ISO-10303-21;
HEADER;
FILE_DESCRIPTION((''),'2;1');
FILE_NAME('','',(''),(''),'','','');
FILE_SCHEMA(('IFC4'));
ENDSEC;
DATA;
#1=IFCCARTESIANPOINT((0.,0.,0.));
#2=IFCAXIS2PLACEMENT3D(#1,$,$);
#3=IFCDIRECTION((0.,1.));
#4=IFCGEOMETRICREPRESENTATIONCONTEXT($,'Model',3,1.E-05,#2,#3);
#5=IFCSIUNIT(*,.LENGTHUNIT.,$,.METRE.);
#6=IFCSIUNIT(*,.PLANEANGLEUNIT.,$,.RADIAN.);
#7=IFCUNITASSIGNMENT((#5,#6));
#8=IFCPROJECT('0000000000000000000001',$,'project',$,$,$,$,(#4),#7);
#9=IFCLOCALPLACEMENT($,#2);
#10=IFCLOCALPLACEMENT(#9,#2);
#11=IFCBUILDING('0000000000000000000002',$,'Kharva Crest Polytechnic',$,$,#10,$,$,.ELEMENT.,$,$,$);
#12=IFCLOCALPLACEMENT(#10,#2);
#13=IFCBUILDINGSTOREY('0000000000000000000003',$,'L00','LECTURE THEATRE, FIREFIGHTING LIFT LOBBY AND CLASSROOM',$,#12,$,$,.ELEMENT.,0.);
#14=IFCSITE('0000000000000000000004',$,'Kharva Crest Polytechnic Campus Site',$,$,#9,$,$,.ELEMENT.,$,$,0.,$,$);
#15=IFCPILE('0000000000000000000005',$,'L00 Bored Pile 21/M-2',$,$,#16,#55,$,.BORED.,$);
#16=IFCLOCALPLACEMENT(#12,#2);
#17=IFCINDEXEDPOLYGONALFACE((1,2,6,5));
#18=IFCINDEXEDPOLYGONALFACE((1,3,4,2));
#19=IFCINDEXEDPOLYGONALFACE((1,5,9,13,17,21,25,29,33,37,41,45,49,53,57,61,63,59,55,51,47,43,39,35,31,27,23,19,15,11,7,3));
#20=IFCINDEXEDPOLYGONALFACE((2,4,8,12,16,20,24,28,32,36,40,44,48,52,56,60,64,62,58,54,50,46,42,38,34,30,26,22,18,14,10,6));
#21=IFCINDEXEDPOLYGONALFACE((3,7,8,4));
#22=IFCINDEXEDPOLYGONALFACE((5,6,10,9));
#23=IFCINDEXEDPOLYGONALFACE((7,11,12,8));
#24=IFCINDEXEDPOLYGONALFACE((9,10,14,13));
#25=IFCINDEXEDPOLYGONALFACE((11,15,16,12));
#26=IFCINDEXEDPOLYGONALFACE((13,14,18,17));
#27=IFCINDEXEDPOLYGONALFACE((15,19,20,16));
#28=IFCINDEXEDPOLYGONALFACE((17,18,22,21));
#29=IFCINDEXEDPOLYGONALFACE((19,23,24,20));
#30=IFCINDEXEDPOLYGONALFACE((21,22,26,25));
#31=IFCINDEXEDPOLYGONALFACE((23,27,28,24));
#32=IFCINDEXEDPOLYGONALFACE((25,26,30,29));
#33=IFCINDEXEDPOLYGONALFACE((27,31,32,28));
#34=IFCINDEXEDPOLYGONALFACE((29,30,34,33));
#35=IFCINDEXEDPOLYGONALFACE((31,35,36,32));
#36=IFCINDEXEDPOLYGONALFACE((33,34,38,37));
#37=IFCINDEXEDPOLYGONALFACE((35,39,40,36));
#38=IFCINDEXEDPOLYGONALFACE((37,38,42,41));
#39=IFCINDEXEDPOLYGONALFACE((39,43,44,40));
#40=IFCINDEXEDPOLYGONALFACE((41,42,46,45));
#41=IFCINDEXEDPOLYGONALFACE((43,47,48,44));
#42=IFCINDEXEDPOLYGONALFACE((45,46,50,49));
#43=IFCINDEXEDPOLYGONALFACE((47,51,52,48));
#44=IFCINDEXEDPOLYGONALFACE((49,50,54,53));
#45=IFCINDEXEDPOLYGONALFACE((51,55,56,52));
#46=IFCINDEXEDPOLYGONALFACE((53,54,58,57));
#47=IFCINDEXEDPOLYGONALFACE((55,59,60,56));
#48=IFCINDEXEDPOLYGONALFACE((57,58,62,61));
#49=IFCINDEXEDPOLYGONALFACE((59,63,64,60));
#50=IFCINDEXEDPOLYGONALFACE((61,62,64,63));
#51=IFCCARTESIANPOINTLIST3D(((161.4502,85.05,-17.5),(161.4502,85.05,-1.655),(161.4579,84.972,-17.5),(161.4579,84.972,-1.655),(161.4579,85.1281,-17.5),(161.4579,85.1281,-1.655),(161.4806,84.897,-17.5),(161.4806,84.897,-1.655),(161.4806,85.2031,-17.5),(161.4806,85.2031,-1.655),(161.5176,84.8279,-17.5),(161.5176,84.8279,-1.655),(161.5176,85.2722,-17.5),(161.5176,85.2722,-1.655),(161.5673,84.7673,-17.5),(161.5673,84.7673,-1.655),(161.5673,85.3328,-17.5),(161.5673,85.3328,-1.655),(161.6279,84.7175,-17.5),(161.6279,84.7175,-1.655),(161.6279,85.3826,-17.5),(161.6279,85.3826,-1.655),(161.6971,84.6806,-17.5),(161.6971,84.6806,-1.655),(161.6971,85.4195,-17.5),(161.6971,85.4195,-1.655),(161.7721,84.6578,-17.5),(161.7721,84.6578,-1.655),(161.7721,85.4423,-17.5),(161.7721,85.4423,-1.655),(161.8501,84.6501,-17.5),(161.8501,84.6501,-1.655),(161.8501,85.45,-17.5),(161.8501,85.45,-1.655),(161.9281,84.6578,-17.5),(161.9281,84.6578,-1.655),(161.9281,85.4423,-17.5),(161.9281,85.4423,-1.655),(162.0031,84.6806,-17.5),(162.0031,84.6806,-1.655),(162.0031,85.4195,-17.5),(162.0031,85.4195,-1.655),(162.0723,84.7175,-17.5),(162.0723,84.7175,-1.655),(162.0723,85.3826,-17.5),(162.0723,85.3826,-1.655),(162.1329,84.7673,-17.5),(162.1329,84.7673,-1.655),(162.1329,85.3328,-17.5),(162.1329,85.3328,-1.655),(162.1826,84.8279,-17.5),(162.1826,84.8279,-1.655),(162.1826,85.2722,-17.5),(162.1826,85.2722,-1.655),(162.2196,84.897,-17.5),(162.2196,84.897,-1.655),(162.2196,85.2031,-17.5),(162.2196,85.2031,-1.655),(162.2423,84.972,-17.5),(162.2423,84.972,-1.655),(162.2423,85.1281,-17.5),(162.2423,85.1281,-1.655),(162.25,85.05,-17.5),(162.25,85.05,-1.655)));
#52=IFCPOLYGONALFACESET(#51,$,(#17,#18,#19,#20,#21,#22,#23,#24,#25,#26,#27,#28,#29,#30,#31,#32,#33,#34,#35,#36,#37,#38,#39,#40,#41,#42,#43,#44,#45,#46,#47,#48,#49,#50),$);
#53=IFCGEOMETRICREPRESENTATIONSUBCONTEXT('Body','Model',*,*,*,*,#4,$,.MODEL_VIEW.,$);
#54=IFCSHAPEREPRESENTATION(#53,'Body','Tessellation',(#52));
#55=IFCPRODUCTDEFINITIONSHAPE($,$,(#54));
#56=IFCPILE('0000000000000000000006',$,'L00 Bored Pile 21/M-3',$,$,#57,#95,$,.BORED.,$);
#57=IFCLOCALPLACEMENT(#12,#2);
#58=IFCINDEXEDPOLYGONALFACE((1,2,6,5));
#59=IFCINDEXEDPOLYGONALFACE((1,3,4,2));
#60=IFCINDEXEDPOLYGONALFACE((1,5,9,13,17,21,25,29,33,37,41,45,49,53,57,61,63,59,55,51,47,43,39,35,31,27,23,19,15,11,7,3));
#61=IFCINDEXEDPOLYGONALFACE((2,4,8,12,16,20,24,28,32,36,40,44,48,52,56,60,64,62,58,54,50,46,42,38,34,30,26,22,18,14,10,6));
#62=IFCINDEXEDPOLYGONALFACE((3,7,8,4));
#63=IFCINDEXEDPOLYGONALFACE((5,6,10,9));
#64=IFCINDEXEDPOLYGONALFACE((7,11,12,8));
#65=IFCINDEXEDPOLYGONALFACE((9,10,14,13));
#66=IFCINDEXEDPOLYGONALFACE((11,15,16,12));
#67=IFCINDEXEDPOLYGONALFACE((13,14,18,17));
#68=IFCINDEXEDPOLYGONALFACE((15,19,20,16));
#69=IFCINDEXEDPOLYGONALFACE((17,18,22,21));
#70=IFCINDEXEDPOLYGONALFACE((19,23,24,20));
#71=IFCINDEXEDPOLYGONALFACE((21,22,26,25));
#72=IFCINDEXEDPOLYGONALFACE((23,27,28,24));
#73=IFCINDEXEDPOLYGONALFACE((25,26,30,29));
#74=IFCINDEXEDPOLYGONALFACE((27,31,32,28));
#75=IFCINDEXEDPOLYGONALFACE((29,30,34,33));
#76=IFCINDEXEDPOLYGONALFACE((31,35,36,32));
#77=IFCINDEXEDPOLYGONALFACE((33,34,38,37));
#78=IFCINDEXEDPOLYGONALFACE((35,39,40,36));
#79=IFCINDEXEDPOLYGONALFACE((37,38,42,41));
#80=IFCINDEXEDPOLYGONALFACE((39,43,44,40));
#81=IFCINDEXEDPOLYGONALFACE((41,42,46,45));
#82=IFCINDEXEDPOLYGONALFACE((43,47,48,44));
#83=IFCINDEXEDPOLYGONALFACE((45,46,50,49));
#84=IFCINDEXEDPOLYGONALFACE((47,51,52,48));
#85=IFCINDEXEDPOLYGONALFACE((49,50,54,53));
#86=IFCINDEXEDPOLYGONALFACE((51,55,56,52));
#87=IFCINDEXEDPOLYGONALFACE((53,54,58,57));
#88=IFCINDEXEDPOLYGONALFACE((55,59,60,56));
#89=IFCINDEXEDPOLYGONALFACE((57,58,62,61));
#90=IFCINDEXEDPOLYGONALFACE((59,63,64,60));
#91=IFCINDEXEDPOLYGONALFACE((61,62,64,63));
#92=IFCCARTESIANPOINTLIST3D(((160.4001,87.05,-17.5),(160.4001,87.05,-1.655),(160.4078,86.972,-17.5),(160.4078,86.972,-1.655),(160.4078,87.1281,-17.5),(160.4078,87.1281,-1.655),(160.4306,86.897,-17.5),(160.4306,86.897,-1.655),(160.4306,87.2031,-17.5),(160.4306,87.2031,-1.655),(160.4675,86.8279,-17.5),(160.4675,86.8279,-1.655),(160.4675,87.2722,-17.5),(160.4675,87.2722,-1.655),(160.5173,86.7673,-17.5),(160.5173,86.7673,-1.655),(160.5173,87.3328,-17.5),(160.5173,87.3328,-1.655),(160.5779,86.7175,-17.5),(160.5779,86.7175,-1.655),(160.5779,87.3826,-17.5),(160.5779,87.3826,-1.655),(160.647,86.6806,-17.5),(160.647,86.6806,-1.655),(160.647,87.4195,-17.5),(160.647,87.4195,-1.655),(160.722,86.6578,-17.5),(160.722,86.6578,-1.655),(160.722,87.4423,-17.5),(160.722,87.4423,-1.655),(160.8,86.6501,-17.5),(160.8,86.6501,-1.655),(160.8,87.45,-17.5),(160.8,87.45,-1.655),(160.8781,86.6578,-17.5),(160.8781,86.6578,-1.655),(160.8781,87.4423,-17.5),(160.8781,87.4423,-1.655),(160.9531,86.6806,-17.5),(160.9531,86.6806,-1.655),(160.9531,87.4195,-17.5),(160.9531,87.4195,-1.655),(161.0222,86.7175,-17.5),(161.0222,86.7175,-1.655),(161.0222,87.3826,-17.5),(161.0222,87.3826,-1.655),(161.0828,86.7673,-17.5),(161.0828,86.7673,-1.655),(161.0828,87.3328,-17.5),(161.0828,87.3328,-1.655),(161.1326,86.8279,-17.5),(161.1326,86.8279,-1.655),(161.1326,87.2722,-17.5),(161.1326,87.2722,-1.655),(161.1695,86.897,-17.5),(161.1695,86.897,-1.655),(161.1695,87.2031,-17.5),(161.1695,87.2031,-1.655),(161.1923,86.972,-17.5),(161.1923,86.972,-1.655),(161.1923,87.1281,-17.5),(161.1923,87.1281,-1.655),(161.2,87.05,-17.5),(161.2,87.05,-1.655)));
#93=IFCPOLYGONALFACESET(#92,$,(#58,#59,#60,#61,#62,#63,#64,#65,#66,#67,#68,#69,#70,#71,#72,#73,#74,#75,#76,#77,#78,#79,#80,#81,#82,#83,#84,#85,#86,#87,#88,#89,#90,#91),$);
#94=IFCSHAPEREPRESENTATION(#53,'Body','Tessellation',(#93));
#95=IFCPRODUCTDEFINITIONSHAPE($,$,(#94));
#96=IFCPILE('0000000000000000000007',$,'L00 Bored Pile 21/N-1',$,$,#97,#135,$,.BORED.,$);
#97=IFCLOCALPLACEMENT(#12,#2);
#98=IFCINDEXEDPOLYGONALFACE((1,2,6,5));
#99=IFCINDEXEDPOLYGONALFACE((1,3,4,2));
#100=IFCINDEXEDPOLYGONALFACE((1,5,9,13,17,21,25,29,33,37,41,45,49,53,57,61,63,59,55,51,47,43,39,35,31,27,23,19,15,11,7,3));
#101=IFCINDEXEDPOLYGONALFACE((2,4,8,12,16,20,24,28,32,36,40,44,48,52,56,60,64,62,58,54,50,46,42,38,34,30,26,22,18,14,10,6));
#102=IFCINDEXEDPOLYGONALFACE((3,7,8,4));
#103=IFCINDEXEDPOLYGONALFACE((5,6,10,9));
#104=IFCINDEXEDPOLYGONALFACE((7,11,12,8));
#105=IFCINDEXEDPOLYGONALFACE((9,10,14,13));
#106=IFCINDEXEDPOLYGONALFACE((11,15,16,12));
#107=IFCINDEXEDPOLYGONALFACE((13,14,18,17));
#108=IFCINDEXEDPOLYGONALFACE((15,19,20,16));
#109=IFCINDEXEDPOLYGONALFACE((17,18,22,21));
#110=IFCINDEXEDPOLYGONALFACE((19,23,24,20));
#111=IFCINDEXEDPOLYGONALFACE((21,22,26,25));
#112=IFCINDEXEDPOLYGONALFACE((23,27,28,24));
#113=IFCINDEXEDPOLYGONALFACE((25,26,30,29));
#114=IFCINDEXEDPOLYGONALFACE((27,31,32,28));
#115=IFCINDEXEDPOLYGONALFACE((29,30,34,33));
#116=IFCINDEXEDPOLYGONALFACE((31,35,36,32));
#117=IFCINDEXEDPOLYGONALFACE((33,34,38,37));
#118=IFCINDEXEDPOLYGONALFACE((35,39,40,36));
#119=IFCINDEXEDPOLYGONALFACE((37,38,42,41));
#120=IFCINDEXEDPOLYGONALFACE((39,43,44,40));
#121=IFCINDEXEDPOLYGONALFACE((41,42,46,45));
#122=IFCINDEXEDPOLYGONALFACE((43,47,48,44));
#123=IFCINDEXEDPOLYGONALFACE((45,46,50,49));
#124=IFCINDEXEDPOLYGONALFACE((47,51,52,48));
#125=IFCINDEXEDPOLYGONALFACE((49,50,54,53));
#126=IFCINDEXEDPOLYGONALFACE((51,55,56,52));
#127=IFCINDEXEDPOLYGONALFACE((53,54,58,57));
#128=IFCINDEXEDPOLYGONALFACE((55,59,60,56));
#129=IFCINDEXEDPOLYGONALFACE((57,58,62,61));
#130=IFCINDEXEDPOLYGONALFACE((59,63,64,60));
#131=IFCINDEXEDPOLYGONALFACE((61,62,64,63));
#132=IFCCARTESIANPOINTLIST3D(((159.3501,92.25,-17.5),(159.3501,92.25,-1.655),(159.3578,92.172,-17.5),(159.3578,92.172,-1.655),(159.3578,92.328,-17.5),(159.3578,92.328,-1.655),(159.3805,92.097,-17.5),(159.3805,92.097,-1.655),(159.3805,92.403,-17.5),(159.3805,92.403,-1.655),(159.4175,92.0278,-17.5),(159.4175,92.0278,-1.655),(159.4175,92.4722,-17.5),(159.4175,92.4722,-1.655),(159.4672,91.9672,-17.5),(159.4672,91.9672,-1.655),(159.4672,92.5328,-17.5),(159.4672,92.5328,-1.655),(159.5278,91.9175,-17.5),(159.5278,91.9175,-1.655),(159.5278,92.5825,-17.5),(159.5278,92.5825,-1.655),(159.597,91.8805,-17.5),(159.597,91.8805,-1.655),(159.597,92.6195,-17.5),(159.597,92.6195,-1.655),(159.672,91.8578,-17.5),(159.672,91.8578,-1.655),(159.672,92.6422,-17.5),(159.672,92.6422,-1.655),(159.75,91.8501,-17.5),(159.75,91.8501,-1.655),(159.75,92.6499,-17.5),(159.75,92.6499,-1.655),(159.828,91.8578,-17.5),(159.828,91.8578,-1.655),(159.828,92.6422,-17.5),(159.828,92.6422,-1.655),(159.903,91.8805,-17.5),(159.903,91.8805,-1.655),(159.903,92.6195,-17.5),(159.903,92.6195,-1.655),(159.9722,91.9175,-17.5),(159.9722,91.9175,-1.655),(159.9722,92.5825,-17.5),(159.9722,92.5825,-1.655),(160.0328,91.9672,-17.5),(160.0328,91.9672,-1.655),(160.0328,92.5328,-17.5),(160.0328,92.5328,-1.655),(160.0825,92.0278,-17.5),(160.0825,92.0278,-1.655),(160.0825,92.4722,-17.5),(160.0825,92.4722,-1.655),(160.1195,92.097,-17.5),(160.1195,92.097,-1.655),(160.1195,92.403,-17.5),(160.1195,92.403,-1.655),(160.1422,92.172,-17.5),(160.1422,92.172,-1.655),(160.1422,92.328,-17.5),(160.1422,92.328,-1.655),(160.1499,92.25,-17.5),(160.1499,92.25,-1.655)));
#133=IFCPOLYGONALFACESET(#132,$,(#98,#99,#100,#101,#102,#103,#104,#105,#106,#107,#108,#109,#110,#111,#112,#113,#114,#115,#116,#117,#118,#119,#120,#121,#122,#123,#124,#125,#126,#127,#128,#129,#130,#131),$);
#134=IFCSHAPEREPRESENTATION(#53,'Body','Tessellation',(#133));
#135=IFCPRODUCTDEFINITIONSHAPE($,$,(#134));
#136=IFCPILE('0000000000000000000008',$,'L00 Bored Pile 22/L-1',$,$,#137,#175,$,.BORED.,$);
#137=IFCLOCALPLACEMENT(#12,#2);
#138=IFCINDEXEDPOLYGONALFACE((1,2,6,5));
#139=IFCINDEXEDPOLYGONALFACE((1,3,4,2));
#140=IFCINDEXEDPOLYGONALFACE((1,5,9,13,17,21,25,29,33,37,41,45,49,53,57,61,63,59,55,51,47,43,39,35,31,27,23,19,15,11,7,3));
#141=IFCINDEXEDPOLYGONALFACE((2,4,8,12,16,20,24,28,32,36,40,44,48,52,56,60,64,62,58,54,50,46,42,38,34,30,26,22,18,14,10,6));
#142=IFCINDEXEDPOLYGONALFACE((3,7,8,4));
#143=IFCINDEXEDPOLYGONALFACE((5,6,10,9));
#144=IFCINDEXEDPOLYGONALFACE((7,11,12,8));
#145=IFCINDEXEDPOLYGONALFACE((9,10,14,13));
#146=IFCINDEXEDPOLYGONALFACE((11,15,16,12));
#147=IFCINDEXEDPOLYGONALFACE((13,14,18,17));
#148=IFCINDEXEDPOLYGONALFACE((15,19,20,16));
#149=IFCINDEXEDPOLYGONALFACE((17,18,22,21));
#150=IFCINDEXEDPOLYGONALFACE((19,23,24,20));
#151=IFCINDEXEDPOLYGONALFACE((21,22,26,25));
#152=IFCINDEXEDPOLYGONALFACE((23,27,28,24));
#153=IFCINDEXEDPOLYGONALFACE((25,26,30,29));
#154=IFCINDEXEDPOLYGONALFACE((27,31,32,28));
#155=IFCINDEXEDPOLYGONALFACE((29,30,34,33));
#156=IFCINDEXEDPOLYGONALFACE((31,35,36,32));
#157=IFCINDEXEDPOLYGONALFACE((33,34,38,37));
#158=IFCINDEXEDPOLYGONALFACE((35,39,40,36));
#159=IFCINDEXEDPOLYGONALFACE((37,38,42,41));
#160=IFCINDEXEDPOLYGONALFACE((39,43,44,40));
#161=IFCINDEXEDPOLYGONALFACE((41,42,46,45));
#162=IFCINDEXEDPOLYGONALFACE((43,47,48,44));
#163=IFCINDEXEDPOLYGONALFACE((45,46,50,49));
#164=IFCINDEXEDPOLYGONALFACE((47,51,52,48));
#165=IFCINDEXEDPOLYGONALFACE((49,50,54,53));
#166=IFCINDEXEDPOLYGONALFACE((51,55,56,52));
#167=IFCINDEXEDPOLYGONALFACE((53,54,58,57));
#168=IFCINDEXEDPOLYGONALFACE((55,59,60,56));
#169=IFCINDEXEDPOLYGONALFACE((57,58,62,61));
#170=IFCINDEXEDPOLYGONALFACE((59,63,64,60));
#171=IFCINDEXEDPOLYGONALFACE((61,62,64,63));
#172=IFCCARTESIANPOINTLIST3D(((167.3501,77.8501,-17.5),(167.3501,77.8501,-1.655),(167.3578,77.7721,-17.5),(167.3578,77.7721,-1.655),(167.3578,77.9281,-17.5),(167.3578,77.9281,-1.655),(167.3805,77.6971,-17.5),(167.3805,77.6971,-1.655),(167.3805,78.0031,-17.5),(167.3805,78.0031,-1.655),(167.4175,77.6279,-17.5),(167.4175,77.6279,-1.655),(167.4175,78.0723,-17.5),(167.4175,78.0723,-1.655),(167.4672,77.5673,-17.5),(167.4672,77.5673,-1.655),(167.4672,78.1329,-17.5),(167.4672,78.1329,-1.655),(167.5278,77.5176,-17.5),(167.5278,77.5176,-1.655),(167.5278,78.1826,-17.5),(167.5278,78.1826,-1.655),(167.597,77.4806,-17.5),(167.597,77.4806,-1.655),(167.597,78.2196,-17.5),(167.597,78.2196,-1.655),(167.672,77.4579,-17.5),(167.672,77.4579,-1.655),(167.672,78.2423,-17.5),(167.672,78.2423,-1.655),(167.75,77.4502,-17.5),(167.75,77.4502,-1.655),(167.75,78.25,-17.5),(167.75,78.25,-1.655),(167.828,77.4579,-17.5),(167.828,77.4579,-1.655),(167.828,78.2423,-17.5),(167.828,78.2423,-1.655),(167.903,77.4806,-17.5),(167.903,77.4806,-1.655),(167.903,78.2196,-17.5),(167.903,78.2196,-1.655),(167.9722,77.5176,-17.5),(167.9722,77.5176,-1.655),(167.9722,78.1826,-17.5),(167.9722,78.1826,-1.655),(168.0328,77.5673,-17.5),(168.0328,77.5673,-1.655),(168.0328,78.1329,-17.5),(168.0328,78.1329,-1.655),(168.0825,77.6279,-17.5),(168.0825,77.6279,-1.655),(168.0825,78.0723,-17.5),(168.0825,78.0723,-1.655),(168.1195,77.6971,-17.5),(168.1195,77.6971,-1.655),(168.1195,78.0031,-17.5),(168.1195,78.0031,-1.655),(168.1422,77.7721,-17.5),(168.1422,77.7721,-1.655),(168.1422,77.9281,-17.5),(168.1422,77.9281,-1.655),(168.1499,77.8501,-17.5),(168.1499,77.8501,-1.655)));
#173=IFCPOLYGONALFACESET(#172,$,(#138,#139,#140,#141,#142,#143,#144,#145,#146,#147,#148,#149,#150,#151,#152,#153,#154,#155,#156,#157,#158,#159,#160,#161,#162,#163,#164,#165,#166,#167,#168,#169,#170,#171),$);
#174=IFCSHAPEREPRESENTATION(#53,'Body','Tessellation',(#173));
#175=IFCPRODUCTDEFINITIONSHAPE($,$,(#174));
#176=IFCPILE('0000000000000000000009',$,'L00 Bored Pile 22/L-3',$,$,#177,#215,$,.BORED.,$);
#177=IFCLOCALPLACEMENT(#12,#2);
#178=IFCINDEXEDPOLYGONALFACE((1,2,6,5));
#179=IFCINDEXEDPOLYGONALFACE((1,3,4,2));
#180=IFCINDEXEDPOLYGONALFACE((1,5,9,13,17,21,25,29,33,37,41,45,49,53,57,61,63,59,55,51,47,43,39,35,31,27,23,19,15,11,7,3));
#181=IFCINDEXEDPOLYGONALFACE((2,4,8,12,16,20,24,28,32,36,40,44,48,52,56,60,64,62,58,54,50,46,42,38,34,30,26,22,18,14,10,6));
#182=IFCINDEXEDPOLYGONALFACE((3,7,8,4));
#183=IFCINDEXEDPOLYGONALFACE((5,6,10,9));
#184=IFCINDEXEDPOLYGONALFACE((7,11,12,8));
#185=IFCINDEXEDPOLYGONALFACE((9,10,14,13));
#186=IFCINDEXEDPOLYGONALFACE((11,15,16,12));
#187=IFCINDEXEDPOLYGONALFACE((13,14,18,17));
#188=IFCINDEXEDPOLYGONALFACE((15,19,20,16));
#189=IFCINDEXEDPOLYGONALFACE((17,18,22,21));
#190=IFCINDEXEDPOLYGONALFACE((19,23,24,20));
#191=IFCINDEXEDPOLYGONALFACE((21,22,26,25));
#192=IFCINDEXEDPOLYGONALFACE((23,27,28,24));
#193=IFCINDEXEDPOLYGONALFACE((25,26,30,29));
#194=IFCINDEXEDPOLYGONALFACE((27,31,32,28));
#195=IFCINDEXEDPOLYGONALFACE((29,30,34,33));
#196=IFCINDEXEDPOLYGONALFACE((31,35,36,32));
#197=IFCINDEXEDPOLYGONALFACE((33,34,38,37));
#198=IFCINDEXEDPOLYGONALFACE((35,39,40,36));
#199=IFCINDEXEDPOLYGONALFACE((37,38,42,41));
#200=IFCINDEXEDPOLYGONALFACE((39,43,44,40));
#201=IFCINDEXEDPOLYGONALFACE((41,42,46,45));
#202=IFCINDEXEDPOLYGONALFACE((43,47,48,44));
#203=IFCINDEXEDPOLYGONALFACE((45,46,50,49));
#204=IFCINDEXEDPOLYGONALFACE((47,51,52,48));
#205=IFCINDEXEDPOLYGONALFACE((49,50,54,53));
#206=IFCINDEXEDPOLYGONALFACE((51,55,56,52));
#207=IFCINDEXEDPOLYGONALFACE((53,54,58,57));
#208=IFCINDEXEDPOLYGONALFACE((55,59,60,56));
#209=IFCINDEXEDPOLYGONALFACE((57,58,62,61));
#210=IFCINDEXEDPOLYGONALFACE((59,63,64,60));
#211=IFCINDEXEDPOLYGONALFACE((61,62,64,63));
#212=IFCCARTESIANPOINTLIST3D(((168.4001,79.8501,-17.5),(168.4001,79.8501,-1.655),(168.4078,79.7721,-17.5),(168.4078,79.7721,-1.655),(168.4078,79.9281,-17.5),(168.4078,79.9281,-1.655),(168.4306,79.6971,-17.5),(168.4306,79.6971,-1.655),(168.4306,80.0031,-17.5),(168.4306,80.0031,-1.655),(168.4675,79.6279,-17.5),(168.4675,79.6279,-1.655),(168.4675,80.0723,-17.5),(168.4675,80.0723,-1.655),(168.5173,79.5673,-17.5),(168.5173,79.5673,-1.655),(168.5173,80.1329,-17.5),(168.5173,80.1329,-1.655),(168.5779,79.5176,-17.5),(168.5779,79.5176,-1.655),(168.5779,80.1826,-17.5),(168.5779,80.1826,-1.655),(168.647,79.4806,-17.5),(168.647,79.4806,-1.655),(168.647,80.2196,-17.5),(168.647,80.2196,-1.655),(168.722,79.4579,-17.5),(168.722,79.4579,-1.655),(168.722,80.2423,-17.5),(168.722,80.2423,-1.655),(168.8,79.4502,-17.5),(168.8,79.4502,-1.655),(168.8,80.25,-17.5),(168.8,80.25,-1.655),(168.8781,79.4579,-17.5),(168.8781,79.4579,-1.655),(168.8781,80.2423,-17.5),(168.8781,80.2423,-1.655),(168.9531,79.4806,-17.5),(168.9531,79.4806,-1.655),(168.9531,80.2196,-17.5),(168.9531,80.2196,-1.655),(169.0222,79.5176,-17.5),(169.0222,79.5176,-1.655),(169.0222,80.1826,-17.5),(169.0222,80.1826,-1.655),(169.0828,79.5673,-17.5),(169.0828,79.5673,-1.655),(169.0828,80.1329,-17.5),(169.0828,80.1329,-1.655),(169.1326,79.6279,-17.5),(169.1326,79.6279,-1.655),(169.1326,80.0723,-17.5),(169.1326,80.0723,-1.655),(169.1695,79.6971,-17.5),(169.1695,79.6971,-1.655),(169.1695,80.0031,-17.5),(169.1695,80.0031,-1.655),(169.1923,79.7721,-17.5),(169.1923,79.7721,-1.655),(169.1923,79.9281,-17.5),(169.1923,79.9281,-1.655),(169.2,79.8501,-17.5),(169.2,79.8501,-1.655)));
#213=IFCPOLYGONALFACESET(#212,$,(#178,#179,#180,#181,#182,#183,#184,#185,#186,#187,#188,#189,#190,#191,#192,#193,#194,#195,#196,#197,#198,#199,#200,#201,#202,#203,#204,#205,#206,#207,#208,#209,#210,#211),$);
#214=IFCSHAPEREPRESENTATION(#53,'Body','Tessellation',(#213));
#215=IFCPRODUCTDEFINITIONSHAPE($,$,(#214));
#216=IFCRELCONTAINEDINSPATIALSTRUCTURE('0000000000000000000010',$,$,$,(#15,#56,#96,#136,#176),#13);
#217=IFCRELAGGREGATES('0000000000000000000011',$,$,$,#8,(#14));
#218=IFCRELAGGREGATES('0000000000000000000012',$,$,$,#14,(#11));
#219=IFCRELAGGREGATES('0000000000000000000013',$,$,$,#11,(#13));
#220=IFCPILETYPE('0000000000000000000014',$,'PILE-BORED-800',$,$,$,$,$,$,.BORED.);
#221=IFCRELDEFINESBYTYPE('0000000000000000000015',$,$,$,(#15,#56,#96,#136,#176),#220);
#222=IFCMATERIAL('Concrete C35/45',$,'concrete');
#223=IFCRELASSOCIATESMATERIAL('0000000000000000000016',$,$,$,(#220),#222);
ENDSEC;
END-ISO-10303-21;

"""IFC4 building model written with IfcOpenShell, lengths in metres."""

from ifc_helpers import new_model, si_unit, direction, frame, origin, origin_2d, place, context, subcontext, project, spatial, circle, extrude, material, material_profile, profile_set, type_object, element, save


model = new_model("IFC4")

# Units and contexts
model_context = context("Model", 3, precision=1e-05, world=origin(), true_north=direction((0.0, 1.0)))
body_context = subcontext(model_context, "Body", "Model", "MODEL_VIEW")
ifc_project = project(units=[si_unit("LENGTHUNIT", "METRE"), si_unit("PLANEANGLEUNIT", "RADIAN")], contexts=[model_context])

# Site, building, storey
site_placement = place(None, origin())
site = spatial("IfcSite", under=ifc_project, at=site_placement, Name="Kharva Crest Polytechnic Campus Site", CompositionType="ELEMENT", RefElevation=0.0)
building_placement = place(site_placement, origin())
building = spatial("IfcBuilding", under=site, at=building_placement, Name="Kharva Crest Polytechnic", CompositionType="ELEMENT")
storey_placement = place(building_placement, origin())
storey = spatial("IfcBuildingStorey", under=building, at=storey_placement, Name="L00", Description="LECTURE THEATRE, FIREFIGHTING LIFT LOBBY AND CLASSROOM", CompositionType="ELEMENT", Elevation=0.0)

# Shared definitions
ifc_material_1 = material(Name="Concrete C35/45", Category="concrete")

# Piles
ifc_material_profile_1 = material_profile(ifc_material_1, circle(Radius=0.3999, at=origin_2d()), Name="DIA 800")
ifc_profile_set_1 = profile_set([ifc_material_profile_1], Name="Concrete C35/45")
pile_type = type_object("IfcPileType", Name="PILE-BORED-800", PredefinedType="BORED", material=ifc_profile_set_1)
for number, where, z_axis, x_axis, name in (
    (1, (161.8501, 85.05, -1.655), (0.0, 0.0, -1.0), (1.0, 0.0, 0.0), "L00 Bored Pile 21/M-2"),
    (2, (160.8, 87.05, -1.655), (0.0, 0.0, -1.0), (1.0, 0.0, 0.0), "L00 Bored Pile 21/M-3"),
    (3, (159.75, 92.25, -1.655), (0.0, 0.0, -1.0), (1.0, 0.0, 0.0), "L00 Bored Pile 21/N-1"),
    (4, (167.75, 77.8501, -1.655), (0.0, 0.0, -1.0), (1.0, 0.0, 0.0), "L00 Bored Pile 22/L-1"),
    (5, (168.8, 79.8501, -1.655), (0.0, 0.0, -1.0), (1.0, 0.0, 0.0), "L00 Bored Pile 22/L-3"),
):
    element("IfcPile", number, at=place(storey_placement, frame(where, z_axis=z_axis, x_axis=x_axis)), inside=storey, type_object=pile_type, Name=name, PredefinedType="BORED", context=body_context, shape_type="SweptSolid", body=[
        extrude(circle(Radius=0.3999, at=origin_2d()), origin(), (0.0, 0.0, 1.0), 15.845),
    ])

save(model, "model.ifc")
